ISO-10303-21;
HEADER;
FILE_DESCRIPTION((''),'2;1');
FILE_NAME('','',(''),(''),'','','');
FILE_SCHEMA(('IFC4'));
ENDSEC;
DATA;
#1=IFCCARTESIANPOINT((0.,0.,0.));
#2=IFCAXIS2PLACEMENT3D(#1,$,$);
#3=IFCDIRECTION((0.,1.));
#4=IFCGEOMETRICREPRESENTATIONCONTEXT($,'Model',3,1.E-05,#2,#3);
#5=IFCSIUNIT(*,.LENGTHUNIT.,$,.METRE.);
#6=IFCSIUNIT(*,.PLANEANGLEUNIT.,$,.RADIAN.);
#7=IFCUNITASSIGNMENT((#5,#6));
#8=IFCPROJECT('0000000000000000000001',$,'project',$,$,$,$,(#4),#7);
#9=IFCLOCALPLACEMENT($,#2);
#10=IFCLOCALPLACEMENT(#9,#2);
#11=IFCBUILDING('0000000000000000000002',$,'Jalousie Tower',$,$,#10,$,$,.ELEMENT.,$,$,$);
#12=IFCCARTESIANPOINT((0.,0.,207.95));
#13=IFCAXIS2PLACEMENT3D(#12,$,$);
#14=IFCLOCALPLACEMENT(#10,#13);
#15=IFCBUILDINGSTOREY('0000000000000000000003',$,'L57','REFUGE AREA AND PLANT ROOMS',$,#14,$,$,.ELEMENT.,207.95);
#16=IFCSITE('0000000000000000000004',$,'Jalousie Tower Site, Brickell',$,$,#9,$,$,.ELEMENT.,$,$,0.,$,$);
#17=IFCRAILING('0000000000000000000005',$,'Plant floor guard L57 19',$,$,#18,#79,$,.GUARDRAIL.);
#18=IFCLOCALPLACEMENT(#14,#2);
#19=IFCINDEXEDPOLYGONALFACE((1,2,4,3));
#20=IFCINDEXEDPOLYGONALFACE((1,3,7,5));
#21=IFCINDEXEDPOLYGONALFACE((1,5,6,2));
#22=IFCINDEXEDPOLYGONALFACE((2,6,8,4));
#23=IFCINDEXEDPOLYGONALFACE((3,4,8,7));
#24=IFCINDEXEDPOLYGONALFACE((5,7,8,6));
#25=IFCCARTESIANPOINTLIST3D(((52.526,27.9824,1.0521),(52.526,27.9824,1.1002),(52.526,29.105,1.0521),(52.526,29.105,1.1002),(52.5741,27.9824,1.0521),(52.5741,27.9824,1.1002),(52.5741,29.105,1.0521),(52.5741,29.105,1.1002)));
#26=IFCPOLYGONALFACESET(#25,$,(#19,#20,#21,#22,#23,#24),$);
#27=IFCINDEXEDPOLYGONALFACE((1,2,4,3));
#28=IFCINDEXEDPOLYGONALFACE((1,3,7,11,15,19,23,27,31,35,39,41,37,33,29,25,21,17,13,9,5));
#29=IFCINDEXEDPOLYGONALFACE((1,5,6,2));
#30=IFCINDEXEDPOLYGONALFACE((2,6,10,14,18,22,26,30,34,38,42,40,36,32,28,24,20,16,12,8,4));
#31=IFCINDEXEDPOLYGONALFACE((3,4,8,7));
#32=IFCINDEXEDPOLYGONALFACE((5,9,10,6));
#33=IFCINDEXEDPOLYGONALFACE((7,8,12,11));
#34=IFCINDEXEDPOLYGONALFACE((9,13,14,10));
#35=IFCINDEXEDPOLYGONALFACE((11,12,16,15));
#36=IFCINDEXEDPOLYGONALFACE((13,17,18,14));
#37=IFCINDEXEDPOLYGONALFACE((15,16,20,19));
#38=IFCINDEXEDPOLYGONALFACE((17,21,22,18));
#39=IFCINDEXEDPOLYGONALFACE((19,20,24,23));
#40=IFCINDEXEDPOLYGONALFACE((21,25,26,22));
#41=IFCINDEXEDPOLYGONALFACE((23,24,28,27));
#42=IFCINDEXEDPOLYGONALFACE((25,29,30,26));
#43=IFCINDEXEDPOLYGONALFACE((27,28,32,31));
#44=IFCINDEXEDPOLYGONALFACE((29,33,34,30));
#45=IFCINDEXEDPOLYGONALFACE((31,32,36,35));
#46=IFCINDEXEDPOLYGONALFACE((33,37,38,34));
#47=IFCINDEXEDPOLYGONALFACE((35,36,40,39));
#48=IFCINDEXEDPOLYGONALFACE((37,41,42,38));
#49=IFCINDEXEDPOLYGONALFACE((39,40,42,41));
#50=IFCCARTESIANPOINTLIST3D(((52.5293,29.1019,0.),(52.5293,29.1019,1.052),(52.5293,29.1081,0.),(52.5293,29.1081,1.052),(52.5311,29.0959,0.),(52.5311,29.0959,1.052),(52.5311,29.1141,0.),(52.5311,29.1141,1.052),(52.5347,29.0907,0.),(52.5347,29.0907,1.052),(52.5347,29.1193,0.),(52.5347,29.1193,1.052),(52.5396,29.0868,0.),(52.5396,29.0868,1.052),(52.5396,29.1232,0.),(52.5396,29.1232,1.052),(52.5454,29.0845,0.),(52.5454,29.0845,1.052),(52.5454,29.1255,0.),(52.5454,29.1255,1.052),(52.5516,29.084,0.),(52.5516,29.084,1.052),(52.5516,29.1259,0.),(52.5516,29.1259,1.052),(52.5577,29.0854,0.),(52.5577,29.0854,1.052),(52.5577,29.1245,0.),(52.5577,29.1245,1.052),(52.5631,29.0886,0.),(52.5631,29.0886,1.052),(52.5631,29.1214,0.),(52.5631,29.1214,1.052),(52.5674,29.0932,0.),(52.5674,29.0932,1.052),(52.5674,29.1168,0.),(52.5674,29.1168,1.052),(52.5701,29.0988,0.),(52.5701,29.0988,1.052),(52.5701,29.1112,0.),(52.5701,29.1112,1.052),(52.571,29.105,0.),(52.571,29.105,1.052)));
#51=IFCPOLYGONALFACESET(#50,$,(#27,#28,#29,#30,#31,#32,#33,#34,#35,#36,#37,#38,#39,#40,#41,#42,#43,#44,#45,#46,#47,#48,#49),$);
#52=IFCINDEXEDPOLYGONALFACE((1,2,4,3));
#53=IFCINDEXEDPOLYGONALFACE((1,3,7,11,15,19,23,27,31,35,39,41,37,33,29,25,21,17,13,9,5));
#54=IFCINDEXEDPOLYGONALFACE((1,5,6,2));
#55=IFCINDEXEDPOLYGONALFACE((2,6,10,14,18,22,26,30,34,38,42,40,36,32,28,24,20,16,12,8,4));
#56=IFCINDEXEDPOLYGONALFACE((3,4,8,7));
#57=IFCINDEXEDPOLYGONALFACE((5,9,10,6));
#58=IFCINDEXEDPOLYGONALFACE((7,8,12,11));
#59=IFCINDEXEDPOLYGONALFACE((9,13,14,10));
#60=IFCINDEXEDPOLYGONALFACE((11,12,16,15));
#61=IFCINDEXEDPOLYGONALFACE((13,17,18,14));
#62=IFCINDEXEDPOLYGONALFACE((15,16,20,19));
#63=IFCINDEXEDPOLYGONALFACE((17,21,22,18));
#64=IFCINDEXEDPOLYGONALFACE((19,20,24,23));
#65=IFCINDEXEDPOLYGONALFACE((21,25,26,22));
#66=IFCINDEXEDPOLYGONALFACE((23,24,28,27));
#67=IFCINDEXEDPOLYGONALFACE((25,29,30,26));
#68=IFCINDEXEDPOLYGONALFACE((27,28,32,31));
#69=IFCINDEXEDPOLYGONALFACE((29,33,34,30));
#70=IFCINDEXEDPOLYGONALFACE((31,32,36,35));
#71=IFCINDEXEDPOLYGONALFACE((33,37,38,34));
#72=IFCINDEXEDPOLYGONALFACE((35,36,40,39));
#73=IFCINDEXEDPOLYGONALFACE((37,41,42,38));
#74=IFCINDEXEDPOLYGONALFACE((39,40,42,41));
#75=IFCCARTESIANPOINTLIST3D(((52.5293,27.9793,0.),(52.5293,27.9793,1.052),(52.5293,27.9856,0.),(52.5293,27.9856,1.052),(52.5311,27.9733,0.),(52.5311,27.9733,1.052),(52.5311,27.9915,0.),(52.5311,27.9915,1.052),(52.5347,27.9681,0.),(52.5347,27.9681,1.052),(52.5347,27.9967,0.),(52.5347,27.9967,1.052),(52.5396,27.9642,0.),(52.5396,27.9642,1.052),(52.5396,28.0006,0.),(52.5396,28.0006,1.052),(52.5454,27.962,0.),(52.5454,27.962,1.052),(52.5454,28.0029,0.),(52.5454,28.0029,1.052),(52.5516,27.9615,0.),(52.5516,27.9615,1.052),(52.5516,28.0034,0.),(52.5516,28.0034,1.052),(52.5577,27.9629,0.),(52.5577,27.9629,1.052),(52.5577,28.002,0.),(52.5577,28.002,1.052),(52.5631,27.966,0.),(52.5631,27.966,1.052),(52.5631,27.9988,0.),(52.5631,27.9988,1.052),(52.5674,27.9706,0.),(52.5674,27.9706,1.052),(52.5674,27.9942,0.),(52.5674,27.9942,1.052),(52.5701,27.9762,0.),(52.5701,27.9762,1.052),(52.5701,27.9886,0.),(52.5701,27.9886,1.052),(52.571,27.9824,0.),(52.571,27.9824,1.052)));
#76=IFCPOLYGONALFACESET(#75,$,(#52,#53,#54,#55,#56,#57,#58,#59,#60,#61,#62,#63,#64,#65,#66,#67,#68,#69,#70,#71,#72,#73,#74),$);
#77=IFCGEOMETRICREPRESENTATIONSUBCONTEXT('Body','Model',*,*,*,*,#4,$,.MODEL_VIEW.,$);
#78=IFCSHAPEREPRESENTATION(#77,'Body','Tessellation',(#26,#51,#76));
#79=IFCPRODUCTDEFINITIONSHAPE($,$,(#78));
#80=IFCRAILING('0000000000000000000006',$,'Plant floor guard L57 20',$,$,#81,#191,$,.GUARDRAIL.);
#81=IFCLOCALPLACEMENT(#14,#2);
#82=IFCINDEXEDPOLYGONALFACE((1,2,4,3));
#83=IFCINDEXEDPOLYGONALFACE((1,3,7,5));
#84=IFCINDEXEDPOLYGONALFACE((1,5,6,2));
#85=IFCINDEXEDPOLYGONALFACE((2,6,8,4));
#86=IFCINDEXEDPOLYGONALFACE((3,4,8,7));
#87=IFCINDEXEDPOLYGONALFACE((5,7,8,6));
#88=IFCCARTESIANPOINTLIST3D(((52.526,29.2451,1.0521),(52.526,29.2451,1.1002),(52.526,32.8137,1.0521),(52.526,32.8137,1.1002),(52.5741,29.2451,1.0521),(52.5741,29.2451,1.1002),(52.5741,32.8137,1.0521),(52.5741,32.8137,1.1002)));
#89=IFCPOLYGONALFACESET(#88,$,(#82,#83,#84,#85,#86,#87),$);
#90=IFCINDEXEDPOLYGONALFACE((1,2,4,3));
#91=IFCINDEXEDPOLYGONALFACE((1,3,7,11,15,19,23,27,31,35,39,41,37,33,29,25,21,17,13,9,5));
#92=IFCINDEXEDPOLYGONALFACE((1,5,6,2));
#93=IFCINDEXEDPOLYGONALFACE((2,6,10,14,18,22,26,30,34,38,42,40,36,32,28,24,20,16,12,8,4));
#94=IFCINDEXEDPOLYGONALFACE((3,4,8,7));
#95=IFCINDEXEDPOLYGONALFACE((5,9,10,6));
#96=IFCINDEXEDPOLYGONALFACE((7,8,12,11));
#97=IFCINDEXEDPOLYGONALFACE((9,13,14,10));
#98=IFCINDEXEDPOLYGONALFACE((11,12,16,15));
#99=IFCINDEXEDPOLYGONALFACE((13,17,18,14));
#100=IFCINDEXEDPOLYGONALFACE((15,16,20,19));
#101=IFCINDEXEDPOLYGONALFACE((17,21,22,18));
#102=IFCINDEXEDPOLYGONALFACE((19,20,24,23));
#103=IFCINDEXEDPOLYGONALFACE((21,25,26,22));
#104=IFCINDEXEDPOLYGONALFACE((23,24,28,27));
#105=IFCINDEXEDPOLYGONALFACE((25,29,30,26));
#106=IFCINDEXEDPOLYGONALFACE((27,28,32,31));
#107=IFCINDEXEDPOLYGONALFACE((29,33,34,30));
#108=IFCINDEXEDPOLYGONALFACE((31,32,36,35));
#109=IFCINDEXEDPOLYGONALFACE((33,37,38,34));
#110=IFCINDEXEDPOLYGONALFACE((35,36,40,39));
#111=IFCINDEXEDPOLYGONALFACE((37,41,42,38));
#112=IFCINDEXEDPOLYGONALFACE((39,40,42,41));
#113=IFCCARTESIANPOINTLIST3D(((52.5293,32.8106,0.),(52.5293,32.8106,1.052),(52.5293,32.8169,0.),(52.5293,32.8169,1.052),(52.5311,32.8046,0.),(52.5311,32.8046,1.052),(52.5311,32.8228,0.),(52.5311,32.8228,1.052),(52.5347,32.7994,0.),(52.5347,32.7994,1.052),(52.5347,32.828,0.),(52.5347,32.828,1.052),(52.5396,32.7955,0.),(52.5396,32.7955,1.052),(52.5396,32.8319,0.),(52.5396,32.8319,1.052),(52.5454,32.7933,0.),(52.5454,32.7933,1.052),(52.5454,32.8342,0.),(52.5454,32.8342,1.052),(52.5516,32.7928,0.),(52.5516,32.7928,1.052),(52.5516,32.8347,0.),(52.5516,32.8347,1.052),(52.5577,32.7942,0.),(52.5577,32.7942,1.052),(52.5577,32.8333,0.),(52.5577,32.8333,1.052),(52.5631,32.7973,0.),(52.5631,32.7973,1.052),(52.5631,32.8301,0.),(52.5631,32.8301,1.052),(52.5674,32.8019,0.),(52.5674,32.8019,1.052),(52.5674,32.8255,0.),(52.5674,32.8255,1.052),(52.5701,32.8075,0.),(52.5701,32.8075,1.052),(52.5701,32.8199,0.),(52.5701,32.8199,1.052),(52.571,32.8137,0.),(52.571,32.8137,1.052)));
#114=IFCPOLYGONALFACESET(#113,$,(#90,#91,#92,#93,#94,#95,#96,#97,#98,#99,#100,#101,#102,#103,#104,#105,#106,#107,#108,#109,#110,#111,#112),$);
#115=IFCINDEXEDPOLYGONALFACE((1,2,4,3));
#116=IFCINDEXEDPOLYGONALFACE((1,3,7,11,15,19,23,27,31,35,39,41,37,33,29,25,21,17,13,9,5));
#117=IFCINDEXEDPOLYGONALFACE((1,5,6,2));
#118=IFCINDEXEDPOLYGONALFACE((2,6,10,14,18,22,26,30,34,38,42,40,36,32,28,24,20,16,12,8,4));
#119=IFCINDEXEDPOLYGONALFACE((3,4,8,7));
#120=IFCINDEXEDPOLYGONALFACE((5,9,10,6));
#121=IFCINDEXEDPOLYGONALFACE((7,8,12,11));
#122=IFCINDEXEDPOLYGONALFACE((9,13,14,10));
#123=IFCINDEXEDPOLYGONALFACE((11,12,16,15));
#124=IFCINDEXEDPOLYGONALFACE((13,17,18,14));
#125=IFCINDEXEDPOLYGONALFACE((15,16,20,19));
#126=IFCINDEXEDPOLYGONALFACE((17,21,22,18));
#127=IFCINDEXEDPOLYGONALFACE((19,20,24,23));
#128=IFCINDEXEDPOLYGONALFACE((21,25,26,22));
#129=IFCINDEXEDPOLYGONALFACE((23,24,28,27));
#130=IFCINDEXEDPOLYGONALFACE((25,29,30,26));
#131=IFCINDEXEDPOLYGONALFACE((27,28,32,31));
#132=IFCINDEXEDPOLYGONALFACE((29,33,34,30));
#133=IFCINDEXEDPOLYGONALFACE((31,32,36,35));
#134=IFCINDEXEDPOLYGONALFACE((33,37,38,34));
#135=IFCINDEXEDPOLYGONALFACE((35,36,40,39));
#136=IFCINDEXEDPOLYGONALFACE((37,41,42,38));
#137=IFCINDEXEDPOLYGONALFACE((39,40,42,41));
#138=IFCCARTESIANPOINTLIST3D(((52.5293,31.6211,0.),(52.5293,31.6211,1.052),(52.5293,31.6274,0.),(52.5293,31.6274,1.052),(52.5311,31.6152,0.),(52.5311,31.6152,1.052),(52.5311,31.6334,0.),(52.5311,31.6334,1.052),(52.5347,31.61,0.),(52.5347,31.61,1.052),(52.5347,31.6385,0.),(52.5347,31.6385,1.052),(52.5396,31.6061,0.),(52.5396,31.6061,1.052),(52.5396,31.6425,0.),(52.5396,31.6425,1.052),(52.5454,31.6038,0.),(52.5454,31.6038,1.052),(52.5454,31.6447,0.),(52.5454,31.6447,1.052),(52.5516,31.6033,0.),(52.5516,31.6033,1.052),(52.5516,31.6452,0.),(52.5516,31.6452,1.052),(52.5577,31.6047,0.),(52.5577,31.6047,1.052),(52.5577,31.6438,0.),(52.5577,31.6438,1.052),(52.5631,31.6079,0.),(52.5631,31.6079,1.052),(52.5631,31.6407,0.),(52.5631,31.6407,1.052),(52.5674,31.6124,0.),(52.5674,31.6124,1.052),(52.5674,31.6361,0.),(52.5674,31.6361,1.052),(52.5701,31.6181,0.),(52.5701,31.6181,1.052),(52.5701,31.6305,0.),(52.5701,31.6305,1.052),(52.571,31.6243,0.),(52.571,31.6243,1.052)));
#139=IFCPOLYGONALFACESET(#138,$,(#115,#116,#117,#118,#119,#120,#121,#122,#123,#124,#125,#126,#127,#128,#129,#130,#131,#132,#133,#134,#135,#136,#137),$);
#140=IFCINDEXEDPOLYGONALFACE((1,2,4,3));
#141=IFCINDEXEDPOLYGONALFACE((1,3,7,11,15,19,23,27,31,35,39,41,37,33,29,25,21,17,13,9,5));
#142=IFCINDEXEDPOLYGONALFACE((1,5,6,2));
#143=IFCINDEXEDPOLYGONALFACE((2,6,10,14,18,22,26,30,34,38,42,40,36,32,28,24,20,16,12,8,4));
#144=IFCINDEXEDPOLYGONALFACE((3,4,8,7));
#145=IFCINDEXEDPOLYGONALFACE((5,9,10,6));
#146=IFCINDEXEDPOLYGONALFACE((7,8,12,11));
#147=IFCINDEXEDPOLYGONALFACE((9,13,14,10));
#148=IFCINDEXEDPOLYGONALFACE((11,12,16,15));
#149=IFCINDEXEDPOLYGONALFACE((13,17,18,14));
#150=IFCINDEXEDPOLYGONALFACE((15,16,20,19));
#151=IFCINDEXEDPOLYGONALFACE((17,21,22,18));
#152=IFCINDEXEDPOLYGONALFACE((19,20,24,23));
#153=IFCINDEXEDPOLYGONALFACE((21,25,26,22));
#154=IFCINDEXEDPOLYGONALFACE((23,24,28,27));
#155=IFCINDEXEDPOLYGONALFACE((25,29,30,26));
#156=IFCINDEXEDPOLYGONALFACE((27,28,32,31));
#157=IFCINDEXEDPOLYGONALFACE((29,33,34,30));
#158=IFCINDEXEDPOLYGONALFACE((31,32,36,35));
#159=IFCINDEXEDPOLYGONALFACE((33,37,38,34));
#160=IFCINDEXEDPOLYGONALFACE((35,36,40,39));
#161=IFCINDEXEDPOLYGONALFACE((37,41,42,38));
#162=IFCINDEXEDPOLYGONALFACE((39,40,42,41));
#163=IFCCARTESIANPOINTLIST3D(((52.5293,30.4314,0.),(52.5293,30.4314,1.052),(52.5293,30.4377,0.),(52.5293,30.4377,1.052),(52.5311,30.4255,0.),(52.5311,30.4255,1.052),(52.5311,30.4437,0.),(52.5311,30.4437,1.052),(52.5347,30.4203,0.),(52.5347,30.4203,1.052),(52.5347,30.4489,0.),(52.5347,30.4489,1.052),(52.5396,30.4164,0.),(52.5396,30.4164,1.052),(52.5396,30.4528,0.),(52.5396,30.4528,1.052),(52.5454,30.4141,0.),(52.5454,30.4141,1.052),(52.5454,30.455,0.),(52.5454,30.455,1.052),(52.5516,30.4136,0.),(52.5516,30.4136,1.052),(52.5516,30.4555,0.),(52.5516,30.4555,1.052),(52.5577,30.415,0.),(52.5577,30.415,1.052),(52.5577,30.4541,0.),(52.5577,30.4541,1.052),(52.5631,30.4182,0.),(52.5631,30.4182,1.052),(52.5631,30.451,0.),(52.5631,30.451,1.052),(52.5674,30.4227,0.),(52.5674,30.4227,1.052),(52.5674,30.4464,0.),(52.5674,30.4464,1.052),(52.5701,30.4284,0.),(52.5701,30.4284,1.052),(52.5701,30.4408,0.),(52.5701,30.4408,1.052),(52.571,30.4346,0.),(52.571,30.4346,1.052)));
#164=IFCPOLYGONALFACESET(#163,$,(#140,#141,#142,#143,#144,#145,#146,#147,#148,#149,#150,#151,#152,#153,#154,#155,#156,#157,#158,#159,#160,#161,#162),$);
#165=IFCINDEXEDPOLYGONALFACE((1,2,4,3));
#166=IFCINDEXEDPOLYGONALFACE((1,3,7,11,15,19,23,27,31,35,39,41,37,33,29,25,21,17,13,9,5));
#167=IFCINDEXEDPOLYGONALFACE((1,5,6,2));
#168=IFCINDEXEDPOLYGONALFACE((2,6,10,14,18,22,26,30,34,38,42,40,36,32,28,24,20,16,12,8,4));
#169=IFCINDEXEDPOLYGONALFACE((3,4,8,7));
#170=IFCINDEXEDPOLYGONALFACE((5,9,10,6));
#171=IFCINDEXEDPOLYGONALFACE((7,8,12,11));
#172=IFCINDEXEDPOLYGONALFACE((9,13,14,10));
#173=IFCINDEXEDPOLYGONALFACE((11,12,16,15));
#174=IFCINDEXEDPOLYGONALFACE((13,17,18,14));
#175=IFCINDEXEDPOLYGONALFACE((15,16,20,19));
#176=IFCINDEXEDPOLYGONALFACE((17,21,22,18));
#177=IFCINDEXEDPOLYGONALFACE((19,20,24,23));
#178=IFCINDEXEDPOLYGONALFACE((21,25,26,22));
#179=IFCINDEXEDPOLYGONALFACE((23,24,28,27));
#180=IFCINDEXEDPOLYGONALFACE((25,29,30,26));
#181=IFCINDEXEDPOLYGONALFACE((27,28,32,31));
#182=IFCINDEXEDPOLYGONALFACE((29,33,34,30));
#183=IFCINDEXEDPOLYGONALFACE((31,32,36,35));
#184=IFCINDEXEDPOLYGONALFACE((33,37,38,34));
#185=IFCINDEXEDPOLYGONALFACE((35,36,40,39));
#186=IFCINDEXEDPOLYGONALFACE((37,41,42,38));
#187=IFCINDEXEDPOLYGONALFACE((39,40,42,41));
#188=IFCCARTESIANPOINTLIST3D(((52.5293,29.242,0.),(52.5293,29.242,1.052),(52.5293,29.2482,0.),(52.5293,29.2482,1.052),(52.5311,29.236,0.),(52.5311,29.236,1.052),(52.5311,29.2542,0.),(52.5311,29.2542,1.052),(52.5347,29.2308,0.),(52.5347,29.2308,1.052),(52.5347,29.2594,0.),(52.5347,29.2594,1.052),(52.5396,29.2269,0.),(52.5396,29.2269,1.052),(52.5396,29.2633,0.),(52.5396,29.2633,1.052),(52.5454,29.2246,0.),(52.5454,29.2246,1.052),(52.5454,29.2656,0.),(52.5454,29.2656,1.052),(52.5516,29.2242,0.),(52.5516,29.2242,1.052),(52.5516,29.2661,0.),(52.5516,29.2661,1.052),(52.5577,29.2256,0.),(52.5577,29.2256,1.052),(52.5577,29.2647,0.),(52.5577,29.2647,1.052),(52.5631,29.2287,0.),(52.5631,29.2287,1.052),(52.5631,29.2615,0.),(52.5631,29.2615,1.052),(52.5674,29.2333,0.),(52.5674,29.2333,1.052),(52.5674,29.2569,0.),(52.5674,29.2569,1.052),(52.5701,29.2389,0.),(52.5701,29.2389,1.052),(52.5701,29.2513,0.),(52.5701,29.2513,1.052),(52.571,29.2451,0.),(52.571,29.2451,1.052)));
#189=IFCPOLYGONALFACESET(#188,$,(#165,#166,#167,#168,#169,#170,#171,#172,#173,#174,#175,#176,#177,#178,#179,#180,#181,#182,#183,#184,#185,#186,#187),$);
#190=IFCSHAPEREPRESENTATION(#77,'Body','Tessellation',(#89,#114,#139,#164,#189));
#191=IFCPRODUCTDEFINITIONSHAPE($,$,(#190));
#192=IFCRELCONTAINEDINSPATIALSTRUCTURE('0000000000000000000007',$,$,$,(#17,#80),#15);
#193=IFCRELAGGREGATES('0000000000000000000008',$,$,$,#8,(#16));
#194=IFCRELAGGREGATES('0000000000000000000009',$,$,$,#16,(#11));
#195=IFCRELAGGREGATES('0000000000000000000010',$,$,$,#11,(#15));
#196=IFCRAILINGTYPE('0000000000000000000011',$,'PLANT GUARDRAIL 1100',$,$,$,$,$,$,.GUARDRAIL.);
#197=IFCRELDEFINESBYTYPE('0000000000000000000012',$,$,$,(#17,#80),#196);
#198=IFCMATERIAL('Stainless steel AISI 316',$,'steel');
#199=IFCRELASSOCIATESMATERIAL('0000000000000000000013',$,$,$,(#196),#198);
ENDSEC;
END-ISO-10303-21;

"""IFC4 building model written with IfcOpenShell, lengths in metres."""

from ifc_helpers import new_model, si_unit, direction, frame, origin, origin_2d, place, context, subcontext, project, spatial, rectangle, circle, extrude, material, type_object, element, save


model = new_model("IFC4")

# Units and contexts
model_context = context("Model", 3, precision=1e-05, world=origin(), true_north=direction((0.0, 1.0)))
body_context = subcontext(model_context, "Body", "Model", "MODEL_VIEW")
ifc_project = project(units=[si_unit("LENGTHUNIT", "METRE"), si_unit("PLANEANGLEUNIT", "RADIAN")], contexts=[model_context])

# Site, building, storey
site_placement = place(None, origin())
site = spatial("IfcSite", under=ifc_project, at=site_placement, Name="Jalousie Tower Site, Brickell", CompositionType="ELEMENT", RefElevation=0.0)
building_placement = place(site_placement, origin())
building = spatial("IfcBuilding", under=site, at=building_placement, Name="Jalousie Tower", CompositionType="ELEMENT")
storey_placement = place(building_placement, frame((0.0, 0.0, 207.95)))
storey = spatial("IfcBuildingStorey", under=building, at=storey_placement, Name="L57", Description="REFUGE AREA AND PLANT ROOMS", CompositionType="ELEMENT", Elevation=207.95)

# Railings
ifc_material_1 = material(Name="Stainless steel AISI 316", Category="steel")
railing_type_1 = type_object("IfcRailingType", Name="PLANT GUARDRAIL 1100", PredefinedType="GUARDRAIL", material=ifc_material_1)
railing_1_placement = place(storey_placement, frame((52.55, 29.105, 0.0)))
element("IfcRailing", 1, at=railing_1_placement, inside=storey, type_object=railing_type_1, Name="Plant floor guard L57 19", PredefinedType="GUARDRAIL", context=body_context, shape_type="SweptSolid", body=[
    extrude(rectangle(XDim=0.0481, YDim=0.0481, at=origin_2d()), frame((0.0, 0.0, 1.0762), z_axis=(0.0, -1.0, 0.0), x_axis=(1.0, 0.0, 0.0)), (0.0, 0.0, 1.0), 1.1226),
    extrude(circle(Radius=0.021, at=origin_2d()), origin(), (0.0, 0.0, 1.0), 1.052),
    extrude(circle(Radius=0.021, at=origin_2d()), frame((0.0, -1.1226, 0.0)), (0.0, 0.0, 1.0), 1.052),
])
railing_2_placement = place(storey_placement, frame((52.55, 32.8137, 0.0)))
element("IfcRailing", 2, at=railing_2_placement, inside=storey, type_object=railing_type_1, Name="Plant floor guard L57 20", PredefinedType="GUARDRAIL", context=body_context, shape_type="SweptSolid", body=[
    extrude(rectangle(XDim=0.0481, YDim=0.0481, at=origin_2d()), frame((0.0, 0.0, 1.0762), z_axis=(0.0, -1.0, 0.0), x_axis=(1.0, 0.0, 0.0)), (0.0, 0.0, 1.0), 3.5686),
    extrude(circle(Radius=0.021, at=origin_2d()), origin(), (0.0, 0.0, 1.0), 1.052),
    extrude(circle(Radius=0.021, at=origin_2d()), frame((0.0, -1.1895, 0.0)), (0.0, 0.0, 1.0), 1.052),
    extrude(circle(Radius=0.021, at=origin_2d()), frame((0.0, -2.3792, 0.0)), (0.0, 0.0, 1.0), 1.052),
    extrude(circle(Radius=0.021, at=origin_2d()), frame((0.0, -3.5686, 0.0)), (0.0, 0.0, 1.0), 1.052),
])

save(model, "model.ifc")
